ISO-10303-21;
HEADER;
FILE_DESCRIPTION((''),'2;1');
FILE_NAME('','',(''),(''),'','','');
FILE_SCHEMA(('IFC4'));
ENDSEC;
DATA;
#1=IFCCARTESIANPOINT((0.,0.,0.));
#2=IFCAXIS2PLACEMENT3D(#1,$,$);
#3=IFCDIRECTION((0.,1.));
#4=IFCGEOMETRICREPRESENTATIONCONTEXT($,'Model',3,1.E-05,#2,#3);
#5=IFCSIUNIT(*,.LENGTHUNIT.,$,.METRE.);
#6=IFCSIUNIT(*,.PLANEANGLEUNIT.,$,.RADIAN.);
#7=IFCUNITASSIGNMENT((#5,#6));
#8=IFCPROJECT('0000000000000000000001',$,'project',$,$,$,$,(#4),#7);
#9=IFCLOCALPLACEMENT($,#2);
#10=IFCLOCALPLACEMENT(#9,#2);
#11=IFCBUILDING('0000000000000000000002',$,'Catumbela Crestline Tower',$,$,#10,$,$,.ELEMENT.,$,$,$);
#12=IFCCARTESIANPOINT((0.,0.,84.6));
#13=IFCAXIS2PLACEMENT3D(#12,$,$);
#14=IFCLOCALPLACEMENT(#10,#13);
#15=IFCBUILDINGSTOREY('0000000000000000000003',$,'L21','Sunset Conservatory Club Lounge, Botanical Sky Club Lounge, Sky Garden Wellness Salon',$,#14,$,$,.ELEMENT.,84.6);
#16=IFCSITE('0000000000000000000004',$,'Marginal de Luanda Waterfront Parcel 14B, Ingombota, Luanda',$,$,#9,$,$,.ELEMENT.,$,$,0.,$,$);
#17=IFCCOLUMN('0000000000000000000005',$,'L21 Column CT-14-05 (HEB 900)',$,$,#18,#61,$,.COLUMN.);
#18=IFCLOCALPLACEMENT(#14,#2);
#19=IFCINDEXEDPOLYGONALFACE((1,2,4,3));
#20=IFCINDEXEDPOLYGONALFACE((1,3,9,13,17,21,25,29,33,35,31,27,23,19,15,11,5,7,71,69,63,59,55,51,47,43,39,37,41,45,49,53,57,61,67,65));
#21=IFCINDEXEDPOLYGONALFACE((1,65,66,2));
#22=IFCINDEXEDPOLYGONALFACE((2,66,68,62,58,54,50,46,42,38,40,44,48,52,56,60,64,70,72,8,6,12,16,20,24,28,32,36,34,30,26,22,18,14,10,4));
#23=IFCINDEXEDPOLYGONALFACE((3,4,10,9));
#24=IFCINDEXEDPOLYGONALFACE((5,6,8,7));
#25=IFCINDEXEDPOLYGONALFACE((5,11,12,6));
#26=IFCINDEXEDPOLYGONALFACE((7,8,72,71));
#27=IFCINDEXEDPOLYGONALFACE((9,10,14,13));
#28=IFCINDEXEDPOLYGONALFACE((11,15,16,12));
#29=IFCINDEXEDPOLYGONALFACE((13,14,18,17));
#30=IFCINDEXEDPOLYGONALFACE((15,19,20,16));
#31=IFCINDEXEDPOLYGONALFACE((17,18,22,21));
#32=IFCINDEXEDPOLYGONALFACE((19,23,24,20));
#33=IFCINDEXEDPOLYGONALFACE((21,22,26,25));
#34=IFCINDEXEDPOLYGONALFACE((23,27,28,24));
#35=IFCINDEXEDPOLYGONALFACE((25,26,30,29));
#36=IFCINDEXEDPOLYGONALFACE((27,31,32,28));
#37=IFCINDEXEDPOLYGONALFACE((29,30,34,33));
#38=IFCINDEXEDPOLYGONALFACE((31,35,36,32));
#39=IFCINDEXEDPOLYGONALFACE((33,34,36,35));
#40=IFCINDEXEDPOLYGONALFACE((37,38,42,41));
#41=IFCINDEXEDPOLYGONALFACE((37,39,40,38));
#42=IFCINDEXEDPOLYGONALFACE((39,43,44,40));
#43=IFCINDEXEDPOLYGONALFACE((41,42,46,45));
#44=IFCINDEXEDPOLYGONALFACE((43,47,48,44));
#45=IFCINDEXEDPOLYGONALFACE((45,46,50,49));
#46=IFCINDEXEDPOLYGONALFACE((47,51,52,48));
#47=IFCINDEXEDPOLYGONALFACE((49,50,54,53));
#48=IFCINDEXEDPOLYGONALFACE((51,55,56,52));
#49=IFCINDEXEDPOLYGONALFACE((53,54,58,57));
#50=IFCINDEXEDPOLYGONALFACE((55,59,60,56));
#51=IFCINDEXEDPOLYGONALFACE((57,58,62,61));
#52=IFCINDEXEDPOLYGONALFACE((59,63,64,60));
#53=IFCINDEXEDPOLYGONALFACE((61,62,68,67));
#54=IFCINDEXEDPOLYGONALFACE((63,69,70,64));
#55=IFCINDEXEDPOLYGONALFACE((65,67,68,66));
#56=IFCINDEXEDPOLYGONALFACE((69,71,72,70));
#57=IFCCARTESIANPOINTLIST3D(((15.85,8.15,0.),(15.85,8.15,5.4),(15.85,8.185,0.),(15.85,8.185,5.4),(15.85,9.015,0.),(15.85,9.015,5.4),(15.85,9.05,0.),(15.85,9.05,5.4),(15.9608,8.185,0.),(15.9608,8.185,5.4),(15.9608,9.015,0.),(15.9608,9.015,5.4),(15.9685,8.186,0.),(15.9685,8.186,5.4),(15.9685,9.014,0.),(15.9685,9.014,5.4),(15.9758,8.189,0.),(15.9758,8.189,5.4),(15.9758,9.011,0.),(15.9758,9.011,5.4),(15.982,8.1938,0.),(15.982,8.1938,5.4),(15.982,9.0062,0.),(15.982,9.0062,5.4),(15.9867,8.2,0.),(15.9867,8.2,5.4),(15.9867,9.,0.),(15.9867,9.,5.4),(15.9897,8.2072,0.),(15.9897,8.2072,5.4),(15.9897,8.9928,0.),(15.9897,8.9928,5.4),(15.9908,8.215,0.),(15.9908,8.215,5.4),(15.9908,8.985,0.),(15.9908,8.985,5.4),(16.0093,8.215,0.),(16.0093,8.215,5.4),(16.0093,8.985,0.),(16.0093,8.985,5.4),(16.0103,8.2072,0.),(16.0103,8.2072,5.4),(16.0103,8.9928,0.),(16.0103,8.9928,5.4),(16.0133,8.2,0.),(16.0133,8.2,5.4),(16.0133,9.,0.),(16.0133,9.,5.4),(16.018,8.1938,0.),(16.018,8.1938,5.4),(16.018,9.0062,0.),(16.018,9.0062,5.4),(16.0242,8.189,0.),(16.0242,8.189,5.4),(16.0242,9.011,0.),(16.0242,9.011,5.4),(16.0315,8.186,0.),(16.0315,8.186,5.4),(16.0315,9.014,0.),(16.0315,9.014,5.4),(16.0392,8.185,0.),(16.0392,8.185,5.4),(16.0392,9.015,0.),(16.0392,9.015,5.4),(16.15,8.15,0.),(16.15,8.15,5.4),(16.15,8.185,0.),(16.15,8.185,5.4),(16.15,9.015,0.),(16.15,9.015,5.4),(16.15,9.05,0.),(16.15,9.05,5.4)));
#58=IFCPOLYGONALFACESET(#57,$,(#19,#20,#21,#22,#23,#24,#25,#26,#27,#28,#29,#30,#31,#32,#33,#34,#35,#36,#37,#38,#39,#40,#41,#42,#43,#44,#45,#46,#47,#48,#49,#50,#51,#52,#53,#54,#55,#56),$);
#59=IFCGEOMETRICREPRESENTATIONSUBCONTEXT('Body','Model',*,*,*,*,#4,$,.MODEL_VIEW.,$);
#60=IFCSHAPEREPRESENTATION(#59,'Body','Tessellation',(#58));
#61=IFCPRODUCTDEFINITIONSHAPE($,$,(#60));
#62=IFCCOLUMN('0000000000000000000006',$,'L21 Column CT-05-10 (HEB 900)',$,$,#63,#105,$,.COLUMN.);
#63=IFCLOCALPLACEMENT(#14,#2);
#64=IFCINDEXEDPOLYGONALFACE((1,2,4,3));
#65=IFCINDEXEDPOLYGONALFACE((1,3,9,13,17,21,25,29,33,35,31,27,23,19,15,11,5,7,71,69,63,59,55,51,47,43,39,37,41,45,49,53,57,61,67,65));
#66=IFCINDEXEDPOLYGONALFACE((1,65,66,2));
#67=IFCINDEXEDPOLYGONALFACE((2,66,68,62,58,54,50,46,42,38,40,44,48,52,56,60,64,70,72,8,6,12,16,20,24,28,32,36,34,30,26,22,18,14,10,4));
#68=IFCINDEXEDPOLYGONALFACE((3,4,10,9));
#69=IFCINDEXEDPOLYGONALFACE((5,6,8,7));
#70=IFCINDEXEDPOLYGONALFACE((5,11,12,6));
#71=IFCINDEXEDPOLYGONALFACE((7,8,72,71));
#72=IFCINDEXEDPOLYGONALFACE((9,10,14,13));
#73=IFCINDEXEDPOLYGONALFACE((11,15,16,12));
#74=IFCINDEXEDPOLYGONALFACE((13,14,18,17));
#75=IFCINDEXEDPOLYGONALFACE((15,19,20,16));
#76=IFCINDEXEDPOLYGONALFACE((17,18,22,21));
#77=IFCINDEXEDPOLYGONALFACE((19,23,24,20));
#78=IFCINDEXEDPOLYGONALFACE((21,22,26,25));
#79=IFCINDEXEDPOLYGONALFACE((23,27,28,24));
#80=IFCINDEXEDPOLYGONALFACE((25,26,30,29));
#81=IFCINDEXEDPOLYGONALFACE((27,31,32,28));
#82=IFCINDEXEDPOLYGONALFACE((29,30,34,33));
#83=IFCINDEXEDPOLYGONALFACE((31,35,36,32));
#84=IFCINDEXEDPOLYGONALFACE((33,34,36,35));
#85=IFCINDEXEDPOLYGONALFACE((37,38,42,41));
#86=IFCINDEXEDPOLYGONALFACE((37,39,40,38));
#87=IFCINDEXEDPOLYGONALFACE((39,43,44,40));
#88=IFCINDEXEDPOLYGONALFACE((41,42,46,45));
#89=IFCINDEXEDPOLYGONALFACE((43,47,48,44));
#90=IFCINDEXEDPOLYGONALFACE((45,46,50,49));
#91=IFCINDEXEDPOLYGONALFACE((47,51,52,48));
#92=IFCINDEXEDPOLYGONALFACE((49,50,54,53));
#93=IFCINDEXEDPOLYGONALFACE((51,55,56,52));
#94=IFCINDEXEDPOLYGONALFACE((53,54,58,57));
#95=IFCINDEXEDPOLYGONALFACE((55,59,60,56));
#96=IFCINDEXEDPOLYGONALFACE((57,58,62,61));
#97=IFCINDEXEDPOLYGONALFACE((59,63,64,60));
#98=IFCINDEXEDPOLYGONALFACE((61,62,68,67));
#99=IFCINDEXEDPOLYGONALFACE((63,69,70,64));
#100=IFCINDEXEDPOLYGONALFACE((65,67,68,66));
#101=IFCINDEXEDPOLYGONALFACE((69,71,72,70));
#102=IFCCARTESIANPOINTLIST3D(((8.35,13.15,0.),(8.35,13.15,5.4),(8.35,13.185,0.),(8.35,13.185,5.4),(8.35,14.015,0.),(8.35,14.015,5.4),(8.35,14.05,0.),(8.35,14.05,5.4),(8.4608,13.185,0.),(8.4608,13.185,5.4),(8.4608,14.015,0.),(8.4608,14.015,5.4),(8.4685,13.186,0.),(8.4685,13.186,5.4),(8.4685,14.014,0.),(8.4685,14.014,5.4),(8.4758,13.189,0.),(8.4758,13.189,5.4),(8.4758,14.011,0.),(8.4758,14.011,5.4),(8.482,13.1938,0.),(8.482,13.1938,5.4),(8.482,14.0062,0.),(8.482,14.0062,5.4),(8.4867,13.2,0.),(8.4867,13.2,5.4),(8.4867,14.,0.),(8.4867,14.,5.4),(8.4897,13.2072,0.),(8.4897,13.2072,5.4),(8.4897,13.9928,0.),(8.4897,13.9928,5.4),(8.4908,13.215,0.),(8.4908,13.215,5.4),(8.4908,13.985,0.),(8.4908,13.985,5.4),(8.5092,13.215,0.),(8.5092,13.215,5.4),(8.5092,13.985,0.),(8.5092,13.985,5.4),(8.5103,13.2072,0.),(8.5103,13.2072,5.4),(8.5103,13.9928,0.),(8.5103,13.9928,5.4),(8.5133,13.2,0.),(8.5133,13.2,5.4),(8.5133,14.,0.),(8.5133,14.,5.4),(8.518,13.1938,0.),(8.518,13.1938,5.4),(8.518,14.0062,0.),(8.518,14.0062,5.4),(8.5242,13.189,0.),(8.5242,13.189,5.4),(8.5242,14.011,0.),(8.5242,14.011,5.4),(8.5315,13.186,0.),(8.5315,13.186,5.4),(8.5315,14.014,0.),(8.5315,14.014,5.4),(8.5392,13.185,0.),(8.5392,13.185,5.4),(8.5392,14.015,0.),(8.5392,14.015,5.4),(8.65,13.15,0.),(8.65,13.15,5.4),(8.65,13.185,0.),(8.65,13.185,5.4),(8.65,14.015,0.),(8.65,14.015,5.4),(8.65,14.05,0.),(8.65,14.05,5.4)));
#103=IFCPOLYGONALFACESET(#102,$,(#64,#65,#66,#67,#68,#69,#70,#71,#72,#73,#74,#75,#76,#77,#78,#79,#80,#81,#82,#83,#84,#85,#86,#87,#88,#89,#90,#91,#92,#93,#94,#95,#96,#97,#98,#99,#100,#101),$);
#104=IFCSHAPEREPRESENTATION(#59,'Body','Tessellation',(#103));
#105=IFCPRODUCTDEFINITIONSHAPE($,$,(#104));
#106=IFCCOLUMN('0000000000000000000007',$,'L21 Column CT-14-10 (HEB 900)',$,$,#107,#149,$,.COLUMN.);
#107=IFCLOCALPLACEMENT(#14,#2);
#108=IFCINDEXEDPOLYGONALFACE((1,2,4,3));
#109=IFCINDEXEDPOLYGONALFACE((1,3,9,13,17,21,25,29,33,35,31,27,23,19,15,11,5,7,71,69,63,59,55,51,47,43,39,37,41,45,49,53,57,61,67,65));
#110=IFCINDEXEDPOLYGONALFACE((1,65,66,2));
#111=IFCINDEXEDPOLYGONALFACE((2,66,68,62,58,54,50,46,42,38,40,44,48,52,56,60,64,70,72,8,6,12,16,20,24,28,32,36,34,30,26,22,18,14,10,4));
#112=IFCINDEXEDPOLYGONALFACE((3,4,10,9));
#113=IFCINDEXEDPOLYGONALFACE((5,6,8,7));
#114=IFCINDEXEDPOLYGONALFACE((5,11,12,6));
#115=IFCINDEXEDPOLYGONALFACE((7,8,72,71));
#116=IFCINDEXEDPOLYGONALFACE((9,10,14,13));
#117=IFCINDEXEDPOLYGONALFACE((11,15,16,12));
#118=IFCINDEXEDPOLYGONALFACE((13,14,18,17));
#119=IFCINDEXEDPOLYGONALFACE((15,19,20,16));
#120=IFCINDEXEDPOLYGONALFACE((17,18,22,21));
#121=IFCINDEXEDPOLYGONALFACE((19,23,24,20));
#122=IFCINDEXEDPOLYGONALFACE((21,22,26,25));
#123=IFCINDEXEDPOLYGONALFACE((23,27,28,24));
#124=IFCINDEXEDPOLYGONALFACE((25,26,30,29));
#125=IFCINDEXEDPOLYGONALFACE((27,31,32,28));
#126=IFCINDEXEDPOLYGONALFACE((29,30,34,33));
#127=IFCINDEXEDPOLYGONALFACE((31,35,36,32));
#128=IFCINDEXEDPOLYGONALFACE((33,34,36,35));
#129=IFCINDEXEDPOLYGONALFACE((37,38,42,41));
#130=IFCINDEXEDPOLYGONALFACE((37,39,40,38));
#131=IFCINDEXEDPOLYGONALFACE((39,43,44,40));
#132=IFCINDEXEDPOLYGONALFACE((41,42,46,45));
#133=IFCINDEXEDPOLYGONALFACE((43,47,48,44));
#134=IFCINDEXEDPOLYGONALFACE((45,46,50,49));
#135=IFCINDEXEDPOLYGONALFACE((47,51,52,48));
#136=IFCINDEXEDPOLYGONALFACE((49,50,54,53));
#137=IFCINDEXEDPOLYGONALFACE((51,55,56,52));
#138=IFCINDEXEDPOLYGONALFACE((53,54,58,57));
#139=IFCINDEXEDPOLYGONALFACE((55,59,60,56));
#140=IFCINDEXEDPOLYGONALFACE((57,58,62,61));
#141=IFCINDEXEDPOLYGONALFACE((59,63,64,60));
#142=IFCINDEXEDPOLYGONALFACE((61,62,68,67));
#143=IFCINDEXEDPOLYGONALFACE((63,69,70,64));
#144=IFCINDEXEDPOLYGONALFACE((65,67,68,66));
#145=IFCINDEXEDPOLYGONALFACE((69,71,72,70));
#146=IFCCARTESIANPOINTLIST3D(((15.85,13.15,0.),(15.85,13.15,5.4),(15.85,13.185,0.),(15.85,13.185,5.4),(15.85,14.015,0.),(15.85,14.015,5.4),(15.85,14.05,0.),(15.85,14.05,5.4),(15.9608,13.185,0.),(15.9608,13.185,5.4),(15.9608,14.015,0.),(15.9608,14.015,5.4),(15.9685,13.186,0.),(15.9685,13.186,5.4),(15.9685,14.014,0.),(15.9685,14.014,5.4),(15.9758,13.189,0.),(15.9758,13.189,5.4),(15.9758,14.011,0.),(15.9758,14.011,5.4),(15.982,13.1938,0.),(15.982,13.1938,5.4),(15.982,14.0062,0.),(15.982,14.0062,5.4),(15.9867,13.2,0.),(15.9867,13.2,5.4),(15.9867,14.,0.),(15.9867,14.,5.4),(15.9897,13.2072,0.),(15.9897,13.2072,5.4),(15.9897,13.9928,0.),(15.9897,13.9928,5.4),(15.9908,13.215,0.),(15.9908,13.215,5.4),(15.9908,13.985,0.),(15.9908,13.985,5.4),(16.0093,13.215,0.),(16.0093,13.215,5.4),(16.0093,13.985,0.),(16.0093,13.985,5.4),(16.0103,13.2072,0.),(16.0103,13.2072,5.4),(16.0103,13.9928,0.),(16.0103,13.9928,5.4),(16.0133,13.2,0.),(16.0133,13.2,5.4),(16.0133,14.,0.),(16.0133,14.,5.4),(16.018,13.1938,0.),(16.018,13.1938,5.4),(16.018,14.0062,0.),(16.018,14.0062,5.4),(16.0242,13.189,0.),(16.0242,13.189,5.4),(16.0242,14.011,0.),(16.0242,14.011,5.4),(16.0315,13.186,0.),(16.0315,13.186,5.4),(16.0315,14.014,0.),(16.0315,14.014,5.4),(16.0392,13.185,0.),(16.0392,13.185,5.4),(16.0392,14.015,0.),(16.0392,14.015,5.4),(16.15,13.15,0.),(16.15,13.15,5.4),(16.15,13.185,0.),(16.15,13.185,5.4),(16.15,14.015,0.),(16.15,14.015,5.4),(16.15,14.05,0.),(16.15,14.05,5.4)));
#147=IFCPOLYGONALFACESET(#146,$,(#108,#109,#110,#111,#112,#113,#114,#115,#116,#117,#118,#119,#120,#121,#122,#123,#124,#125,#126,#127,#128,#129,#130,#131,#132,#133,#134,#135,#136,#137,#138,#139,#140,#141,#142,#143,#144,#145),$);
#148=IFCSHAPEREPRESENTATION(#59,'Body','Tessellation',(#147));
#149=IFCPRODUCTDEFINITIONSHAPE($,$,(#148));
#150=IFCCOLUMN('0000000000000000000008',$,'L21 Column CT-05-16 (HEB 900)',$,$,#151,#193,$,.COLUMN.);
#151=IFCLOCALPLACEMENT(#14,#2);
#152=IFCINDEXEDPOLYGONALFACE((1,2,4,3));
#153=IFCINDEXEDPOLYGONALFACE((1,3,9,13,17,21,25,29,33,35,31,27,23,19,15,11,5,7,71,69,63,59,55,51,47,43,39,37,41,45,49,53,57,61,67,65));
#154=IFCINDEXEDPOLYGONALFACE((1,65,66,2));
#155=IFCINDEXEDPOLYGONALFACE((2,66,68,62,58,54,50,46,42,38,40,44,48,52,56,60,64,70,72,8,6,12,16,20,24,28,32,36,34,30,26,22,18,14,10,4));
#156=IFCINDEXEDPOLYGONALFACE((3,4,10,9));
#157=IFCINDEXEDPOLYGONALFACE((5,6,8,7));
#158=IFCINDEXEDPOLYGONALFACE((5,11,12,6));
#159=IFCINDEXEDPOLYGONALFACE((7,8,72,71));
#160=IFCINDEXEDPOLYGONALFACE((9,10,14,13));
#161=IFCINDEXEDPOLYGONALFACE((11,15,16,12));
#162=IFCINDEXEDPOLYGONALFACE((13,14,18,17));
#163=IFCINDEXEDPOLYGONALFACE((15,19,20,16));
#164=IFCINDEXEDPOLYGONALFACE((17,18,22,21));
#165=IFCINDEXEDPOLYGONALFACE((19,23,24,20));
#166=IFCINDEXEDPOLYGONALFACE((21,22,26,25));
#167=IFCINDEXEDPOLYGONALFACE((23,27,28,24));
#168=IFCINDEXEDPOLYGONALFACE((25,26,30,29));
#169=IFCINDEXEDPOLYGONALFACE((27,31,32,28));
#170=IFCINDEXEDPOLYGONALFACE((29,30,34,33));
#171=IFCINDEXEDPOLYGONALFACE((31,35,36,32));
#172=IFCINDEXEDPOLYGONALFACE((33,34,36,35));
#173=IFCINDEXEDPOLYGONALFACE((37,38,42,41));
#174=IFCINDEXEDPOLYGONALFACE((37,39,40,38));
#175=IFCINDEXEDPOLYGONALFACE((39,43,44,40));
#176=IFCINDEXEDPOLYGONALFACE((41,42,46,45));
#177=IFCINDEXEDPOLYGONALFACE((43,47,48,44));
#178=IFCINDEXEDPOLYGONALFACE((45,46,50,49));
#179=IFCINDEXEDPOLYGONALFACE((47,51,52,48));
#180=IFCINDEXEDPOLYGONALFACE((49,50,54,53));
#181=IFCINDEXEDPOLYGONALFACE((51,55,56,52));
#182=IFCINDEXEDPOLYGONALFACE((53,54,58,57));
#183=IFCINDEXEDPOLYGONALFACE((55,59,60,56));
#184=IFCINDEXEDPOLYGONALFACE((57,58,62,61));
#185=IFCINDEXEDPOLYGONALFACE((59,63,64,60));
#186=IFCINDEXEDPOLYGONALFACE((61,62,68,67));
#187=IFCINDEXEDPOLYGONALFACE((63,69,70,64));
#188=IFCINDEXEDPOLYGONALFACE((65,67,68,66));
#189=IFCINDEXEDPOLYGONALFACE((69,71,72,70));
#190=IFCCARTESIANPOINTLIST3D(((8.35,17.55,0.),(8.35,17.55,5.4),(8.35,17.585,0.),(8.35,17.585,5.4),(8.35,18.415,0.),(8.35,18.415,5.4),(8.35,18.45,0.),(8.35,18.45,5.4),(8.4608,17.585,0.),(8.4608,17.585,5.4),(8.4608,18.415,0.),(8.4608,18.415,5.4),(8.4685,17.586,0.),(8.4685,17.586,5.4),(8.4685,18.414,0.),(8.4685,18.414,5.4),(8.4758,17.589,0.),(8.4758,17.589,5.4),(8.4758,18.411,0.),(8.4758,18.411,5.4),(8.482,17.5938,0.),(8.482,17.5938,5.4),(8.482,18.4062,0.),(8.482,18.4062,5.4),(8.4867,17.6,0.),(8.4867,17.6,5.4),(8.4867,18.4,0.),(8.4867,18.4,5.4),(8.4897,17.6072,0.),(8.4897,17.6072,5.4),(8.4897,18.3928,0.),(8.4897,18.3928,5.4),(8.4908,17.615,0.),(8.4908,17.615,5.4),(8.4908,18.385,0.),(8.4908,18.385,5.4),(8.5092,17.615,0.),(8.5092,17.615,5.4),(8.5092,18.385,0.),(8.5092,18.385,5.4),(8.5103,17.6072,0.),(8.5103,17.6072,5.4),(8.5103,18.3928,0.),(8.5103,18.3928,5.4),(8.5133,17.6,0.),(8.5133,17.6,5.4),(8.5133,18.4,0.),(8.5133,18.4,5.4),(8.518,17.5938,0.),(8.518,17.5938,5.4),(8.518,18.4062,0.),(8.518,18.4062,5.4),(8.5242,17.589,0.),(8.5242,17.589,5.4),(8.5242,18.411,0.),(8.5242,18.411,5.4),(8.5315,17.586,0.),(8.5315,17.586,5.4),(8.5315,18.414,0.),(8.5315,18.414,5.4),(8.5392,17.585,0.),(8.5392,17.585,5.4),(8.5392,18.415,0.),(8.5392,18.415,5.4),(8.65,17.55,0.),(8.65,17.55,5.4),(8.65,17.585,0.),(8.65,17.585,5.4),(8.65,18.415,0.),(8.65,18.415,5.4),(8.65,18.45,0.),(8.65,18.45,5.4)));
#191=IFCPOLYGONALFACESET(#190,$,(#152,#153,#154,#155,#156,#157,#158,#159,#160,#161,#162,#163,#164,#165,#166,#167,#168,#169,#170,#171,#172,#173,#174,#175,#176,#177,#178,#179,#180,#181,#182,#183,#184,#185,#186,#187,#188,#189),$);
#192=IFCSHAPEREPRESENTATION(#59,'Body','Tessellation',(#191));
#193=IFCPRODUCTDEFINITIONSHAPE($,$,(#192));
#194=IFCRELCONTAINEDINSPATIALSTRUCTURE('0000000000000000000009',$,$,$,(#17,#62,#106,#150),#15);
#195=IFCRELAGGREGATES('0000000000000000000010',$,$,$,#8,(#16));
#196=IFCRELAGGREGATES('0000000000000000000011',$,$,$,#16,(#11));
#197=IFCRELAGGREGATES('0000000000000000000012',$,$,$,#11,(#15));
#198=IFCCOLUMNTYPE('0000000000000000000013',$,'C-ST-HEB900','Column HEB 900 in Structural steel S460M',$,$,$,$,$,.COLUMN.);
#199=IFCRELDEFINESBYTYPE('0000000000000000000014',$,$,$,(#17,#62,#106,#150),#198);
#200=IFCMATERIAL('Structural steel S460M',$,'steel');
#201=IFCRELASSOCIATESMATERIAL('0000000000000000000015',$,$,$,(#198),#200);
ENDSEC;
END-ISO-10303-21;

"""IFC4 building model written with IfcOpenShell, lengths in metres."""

from ifc_helpers import new_model, si_unit, direction, frame, origin, origin_2d, place, context, subcontext, project, spatial, i_section, extrude, material, material_profile, profile_set, type_object, element, save


model = new_model("IFC4")

# Units and contexts
model_context = context("Model", 3, precision=1e-05, world=origin(), true_north=direction((0.0, 1.0)))
body_context = subcontext(model_context, "Body", "Model", "MODEL_VIEW")
ifc_project = project(units=[si_unit("LENGTHUNIT", "METRE"), si_unit("PLANEANGLEUNIT", "RADIAN")], contexts=[model_context])

# Site, building, storey
site_placement = place(None, origin())
site = spatial("IfcSite", under=ifc_project, at=site_placement, Name="Marginal de Luanda Waterfront Parcel 14B, Ingombota, Luanda", CompositionType="ELEMENT", RefElevation=0.0)
building_placement = place(site_placement, origin())
building = spatial("IfcBuilding", under=site, at=building_placement, Name="Catumbela Crestline Tower", CompositionType="ELEMENT")
storey_placement = place(building_placement, frame((0.0, 0.0, 84.6)))
storey = spatial("IfcBuildingStorey", under=building, at=storey_placement, Name="L21", Description="Sunset Conservatory Club Lounge, Botanical Sky Club Lounge, Sky Garden Wellness Salon", CompositionType="ELEMENT", Elevation=84.6)

# Columns
ifc_material_1 = material(Name="Structural steel S460M", Category="steel")
ifc_material_profile_1 = material_profile(ifc_material_1, i_section(OverallWidth=0.3, OverallDepth=0.9, WebThickness=0.0185, FlangeThickness=0.035, FilletRadius=0.03, at=origin_2d()), Name="HEB 900")
ifc_profile_set_1 = profile_set([ifc_material_profile_1], Name="Structural steel S460M")
column_type = type_object("IfcColumnType", Name="C-ST-HEB900", Description="Column HEB 900 in Structural steel S460M", PredefinedType="COLUMN", material=ifc_profile_set_1)
for number, where, z_axis, x_axis, name in (
    (1, (16.0, 8.6, 0.0), (0.0, 0.0, 1.0), (1.0, 0.0, 0.0), "L21 Column CT-14-05 (HEB 900)"),
    (2, (8.5, 13.6, 0.0), (0.0, 0.0, 1.0), (1.0, 0.0, 0.0), "L21 Column CT-05-10 (HEB 900)"),
    (3, (16.0, 13.6, 0.0), (0.0, 0.0, 1.0), (1.0, 0.0, 0.0), "L21 Column CT-14-10 (HEB 900)"),
    (4, (8.5, 18.0, 0.0), (0.0, 0.0, 1.0), (1.0, 0.0, 0.0), "L21 Column CT-05-16 (HEB 900)"),
):
    element("IfcColumn", number, at=place(storey_placement, frame(where, z_axis=z_axis, x_axis=x_axis)), inside=storey, type_object=column_type, Name=name, PredefinedType="COLUMN", context=body_context, shape_type="SweptSolid", body=[
        extrude(i_section(OverallWidth=0.3, OverallDepth=0.9, WebThickness=0.0185, FlangeThickness=0.035, FilletRadius=0.03, at=origin_2d()), origin(), (0.0, 0.0, 1.0), 5.4),
    ])

save(model, "model.ifc")
